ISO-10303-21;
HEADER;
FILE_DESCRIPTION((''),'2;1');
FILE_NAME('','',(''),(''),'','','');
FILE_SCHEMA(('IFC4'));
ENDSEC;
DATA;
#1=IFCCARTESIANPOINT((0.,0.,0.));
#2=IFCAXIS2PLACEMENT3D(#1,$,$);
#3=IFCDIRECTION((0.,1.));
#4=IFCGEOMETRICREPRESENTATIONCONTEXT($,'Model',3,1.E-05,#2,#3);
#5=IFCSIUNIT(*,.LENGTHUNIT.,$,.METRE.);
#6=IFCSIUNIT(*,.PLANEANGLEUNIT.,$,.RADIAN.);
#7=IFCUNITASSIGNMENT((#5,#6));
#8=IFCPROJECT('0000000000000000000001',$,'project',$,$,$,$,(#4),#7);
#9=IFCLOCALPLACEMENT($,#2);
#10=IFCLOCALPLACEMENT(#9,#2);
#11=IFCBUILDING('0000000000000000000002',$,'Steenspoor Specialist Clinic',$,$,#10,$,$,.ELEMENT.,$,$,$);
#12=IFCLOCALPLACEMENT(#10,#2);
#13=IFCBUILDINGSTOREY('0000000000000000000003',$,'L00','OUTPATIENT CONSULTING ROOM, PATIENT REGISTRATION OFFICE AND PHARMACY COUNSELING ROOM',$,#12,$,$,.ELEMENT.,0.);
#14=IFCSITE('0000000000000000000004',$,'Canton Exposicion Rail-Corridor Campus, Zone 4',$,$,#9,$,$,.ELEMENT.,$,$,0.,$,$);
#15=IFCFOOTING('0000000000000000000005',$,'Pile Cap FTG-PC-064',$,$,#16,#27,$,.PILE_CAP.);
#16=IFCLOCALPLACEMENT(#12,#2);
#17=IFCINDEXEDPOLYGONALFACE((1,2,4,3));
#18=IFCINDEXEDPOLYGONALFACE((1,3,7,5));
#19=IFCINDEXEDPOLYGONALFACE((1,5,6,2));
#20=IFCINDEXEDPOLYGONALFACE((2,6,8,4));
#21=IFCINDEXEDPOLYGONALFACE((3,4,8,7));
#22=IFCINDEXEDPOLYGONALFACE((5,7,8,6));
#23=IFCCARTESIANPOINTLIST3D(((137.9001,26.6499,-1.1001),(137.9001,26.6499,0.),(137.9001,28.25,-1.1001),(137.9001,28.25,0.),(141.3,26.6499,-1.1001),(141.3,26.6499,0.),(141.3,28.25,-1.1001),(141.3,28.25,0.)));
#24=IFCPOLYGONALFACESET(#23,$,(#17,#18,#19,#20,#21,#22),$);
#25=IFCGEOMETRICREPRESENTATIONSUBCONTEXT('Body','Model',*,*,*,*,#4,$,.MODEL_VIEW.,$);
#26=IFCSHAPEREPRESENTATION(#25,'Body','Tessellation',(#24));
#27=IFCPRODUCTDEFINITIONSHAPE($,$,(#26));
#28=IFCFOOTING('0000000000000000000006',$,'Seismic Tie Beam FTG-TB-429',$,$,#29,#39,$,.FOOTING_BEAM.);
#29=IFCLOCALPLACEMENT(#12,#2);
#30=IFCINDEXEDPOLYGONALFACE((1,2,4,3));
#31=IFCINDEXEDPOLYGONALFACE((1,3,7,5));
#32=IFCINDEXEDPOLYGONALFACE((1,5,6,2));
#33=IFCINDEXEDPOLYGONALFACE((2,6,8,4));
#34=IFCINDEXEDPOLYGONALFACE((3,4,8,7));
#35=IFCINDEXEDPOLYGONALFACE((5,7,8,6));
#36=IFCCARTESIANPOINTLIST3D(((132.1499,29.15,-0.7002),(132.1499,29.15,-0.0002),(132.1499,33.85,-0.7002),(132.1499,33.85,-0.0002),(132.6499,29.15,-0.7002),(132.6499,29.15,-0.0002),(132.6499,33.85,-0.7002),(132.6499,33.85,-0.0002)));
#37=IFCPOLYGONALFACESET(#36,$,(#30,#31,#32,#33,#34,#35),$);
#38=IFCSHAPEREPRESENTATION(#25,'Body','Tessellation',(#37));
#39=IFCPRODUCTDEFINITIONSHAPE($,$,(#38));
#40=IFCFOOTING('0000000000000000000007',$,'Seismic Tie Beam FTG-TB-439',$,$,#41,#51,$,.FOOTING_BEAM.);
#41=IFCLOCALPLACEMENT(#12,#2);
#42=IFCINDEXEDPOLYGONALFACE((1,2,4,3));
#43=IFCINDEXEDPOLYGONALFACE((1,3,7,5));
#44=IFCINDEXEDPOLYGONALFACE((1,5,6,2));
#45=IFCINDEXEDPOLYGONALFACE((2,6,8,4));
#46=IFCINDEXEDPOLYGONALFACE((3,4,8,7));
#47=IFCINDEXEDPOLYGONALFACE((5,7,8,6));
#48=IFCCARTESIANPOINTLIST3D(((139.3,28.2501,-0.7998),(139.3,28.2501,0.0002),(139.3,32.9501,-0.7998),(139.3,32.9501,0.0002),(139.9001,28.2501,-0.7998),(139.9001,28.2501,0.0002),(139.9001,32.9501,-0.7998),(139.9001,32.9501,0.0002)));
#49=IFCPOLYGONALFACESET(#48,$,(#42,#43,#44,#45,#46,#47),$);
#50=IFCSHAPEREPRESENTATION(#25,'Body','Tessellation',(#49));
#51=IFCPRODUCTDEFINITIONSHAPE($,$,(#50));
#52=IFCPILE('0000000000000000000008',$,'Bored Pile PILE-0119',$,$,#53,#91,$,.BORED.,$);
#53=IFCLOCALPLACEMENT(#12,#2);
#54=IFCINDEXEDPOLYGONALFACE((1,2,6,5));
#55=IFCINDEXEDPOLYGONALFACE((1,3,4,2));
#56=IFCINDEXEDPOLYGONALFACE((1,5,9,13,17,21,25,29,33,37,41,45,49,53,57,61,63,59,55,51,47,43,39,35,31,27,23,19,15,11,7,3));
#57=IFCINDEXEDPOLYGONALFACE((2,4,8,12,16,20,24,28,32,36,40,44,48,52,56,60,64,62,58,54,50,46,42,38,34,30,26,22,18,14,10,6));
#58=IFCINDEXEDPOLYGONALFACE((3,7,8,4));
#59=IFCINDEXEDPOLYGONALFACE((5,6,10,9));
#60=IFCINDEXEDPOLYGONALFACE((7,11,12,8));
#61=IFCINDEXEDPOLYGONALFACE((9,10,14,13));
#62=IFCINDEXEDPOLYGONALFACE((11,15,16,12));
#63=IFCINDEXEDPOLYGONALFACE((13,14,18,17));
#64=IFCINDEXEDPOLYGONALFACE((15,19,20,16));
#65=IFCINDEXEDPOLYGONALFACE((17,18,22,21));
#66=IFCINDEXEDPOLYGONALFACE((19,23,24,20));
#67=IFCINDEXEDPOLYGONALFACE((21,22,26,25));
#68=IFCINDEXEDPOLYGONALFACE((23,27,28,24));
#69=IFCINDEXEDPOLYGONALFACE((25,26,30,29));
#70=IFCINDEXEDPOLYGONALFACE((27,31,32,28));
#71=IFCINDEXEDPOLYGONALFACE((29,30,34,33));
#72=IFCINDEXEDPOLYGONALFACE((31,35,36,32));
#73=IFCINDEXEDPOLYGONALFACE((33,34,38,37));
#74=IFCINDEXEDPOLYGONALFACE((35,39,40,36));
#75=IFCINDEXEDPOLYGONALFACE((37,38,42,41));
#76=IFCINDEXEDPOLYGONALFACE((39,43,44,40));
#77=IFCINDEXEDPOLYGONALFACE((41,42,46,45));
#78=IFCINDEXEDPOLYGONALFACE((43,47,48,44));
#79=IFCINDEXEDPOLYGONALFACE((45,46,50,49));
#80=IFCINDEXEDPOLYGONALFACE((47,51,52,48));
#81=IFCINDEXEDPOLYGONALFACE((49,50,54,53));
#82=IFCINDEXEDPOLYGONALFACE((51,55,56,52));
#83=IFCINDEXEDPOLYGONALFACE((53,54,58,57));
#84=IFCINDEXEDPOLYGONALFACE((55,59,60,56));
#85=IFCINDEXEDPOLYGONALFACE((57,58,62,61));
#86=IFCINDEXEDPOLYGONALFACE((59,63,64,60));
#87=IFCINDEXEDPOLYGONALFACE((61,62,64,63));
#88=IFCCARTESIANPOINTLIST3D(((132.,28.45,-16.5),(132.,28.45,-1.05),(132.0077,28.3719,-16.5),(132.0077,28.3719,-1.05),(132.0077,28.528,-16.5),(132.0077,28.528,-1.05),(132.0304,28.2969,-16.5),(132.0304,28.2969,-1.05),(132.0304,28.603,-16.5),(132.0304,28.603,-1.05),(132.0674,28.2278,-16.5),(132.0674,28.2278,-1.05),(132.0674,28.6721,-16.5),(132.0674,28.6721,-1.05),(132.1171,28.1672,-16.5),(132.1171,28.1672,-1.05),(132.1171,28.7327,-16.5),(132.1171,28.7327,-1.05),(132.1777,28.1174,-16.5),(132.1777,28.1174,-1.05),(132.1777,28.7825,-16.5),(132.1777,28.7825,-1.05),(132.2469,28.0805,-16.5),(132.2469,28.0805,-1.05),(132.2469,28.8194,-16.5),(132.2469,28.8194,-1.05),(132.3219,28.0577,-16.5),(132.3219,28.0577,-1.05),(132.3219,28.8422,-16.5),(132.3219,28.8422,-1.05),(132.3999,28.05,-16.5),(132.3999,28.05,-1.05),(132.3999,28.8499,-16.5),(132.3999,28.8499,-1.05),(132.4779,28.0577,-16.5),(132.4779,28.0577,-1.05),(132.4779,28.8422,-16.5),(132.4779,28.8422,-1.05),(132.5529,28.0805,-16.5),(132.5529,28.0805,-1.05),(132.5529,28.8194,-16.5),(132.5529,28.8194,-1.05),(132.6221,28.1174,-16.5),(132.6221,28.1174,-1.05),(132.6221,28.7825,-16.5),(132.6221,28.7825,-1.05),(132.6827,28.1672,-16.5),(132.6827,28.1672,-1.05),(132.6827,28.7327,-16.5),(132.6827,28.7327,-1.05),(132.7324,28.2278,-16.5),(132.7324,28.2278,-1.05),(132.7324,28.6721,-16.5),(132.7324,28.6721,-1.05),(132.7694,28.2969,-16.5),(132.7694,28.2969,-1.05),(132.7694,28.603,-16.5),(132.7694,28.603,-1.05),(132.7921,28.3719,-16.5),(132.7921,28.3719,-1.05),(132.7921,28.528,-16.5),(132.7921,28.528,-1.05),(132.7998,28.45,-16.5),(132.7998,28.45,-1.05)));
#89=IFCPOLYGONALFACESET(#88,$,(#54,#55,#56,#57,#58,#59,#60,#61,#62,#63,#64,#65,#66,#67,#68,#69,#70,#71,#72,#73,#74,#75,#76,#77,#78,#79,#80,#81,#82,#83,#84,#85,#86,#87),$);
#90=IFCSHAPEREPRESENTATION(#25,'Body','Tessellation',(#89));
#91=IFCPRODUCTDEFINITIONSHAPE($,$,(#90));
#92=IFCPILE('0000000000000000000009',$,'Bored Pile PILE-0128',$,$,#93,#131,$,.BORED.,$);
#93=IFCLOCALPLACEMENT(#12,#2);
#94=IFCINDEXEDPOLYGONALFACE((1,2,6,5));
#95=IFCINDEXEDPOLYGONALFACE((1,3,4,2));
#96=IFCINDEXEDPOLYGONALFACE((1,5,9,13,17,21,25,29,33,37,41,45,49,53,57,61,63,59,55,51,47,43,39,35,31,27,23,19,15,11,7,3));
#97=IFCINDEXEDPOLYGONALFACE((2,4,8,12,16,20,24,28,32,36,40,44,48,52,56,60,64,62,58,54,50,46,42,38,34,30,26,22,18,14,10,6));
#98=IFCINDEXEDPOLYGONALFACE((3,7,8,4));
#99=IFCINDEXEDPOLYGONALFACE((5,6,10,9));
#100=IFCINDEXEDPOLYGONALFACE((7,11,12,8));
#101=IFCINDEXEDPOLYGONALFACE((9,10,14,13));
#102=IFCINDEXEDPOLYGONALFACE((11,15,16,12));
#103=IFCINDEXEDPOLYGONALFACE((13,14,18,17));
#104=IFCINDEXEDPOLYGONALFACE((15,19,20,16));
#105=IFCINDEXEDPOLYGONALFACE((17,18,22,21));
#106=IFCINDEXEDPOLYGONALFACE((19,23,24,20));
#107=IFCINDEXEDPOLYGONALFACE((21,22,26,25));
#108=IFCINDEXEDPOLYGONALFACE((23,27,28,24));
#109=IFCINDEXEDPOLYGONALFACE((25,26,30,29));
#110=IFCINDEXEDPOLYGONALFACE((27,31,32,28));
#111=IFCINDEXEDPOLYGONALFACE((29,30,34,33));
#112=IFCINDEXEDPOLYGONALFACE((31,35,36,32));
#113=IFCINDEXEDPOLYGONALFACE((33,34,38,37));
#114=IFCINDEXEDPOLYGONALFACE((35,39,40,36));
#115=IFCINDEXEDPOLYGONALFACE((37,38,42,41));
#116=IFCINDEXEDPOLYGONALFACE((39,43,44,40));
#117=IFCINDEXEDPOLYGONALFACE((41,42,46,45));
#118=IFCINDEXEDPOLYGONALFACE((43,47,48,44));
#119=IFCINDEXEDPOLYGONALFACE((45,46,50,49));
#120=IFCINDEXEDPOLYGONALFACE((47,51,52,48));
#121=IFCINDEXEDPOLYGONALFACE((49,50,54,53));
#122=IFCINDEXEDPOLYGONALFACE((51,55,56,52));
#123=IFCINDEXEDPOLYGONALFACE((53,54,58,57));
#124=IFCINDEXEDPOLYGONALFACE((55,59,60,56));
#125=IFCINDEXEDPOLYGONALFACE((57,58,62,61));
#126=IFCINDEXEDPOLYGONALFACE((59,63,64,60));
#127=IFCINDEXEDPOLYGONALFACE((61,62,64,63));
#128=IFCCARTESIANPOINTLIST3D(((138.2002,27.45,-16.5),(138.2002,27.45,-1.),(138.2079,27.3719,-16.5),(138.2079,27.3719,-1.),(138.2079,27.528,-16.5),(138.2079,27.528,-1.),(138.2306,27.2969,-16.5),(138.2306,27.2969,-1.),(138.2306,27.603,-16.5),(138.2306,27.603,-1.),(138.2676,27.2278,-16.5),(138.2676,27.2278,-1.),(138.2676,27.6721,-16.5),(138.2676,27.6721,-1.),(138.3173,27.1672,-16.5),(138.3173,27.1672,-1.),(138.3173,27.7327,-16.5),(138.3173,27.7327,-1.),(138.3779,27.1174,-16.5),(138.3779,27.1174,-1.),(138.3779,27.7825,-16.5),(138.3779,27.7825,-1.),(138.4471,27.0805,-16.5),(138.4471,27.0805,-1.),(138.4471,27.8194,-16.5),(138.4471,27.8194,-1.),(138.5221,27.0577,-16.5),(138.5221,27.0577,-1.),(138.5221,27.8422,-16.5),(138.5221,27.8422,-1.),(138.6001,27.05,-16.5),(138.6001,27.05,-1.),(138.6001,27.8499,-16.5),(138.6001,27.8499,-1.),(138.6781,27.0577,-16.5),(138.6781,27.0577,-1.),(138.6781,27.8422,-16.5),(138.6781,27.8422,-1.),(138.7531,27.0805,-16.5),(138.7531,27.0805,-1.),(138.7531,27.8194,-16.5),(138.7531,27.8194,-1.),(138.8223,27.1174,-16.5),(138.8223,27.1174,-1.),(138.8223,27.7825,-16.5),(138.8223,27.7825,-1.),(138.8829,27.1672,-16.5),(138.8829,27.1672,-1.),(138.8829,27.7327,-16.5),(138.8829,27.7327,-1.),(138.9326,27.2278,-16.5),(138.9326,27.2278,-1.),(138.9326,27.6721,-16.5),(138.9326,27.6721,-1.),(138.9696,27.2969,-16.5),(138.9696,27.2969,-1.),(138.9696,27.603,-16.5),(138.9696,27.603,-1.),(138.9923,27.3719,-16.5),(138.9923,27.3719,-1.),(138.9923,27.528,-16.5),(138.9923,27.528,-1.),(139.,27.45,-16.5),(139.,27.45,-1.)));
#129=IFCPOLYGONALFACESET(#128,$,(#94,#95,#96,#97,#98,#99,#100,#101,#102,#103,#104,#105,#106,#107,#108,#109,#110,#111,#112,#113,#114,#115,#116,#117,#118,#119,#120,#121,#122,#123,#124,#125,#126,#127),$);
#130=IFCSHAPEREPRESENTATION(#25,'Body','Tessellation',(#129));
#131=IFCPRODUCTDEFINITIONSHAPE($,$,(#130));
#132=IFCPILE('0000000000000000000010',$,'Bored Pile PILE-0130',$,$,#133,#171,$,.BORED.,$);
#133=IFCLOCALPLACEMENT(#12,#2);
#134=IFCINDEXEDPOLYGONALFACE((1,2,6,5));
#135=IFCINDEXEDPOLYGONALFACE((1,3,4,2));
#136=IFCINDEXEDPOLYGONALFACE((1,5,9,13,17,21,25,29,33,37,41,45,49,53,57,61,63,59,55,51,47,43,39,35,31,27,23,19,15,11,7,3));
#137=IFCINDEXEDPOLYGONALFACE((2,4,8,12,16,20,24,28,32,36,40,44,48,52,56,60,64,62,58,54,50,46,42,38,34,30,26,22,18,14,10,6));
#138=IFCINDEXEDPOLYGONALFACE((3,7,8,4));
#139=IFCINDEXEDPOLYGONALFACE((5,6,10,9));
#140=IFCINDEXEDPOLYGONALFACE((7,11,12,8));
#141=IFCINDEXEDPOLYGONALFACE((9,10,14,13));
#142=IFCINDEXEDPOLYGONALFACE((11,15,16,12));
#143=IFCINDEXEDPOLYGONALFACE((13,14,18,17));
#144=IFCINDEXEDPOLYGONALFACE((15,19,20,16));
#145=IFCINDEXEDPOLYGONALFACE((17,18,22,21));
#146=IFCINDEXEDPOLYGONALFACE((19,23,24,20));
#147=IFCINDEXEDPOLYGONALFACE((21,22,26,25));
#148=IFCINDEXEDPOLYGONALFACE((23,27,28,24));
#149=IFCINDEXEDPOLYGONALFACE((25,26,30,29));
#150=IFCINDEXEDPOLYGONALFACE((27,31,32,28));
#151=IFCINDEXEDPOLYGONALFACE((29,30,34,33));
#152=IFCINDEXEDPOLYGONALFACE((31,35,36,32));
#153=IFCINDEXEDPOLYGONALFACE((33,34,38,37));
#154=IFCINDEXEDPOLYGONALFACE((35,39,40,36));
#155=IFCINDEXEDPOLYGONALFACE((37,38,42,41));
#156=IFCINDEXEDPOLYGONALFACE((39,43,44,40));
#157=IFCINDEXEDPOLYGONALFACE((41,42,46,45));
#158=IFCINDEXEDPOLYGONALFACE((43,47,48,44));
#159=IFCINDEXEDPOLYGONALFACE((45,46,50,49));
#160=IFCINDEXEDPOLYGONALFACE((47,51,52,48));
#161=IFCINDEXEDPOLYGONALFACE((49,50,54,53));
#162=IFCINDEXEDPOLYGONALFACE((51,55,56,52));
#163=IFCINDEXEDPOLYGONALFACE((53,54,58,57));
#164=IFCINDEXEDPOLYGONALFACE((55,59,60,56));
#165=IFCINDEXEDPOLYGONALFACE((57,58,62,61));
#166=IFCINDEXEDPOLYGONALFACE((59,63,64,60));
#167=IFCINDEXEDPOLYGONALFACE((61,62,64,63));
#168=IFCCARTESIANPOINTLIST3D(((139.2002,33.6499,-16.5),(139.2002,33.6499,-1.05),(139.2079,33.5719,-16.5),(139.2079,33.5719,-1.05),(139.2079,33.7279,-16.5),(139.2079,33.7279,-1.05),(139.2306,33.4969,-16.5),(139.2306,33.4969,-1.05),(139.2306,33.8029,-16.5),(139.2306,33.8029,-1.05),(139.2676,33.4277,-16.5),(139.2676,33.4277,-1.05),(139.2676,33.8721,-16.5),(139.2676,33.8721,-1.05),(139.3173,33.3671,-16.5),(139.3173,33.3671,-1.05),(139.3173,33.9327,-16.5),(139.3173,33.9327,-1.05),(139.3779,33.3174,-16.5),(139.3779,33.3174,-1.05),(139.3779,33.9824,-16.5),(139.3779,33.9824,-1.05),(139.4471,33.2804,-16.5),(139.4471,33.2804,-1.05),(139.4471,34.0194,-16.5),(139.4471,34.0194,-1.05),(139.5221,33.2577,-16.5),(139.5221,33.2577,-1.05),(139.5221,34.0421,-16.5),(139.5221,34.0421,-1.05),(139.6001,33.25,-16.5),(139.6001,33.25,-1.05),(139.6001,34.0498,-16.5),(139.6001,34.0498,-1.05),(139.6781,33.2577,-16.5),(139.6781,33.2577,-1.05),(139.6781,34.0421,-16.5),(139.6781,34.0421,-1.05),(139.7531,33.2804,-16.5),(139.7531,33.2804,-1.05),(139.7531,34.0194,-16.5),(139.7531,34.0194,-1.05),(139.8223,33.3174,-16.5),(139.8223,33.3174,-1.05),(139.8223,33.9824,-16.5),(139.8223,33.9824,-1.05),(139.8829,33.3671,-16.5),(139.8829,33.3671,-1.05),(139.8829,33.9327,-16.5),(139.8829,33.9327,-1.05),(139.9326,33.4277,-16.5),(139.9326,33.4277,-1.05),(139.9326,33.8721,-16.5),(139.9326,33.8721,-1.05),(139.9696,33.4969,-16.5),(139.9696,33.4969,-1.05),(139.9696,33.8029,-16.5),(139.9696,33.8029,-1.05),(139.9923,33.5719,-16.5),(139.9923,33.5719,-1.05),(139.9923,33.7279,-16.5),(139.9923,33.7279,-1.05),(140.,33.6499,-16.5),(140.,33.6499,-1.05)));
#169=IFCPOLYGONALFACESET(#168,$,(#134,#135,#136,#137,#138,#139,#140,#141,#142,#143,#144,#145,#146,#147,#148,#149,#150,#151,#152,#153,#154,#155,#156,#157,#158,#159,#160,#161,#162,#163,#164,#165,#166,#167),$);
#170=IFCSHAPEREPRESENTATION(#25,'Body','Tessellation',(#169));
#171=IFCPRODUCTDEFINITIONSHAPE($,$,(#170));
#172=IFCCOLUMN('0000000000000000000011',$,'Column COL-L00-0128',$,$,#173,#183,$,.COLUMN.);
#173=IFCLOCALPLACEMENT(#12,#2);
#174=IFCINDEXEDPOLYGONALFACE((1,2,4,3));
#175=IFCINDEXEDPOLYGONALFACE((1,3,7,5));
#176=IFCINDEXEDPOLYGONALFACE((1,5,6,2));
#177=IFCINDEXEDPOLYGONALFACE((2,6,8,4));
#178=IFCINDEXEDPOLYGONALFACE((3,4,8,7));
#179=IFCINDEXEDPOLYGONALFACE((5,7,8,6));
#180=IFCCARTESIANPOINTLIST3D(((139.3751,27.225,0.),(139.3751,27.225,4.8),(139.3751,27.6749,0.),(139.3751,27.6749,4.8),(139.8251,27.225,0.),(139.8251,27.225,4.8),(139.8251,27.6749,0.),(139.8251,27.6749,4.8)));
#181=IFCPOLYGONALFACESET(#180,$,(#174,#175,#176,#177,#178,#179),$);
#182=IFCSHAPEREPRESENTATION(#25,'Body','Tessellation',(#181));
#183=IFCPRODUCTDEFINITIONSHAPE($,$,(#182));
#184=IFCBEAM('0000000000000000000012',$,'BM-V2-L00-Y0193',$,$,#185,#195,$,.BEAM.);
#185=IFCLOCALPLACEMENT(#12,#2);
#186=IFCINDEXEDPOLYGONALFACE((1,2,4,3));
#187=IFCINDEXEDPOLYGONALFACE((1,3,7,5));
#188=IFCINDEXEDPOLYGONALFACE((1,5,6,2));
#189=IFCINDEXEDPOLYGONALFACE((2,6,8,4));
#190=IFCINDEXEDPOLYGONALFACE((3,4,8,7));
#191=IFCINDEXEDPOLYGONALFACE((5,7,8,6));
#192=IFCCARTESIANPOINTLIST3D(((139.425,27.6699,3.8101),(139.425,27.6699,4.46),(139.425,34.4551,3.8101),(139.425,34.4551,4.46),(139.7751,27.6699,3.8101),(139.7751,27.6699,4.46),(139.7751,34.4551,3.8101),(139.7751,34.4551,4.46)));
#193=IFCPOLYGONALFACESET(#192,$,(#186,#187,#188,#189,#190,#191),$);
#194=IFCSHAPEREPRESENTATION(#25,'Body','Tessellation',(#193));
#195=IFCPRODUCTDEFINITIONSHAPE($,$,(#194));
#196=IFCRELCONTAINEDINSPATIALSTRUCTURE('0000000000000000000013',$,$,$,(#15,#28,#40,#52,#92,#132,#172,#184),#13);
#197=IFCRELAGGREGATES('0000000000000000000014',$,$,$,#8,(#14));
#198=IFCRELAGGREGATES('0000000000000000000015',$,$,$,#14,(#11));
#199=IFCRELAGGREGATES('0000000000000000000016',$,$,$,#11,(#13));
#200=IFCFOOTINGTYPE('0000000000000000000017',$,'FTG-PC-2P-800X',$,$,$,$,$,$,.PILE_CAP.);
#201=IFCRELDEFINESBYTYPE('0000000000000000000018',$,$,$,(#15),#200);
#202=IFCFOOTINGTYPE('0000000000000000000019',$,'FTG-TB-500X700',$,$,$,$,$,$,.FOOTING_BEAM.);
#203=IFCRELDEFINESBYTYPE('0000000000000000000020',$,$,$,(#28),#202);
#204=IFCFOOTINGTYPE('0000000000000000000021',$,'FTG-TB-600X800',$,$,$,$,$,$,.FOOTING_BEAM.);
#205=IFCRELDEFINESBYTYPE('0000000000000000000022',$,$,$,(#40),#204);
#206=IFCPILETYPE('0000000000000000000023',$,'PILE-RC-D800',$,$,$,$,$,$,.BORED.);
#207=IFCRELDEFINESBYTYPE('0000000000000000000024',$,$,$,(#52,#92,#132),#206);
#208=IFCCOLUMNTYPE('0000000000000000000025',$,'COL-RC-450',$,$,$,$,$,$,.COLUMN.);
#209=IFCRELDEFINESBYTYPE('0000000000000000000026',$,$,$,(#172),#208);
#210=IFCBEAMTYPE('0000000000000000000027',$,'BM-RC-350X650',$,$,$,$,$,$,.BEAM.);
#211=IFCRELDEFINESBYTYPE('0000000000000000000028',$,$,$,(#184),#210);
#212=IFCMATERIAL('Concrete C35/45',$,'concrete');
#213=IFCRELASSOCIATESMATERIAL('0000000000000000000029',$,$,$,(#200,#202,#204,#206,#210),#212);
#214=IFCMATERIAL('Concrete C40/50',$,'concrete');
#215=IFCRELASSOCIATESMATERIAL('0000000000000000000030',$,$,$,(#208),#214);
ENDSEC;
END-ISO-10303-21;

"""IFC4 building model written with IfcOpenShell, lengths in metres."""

from ifc_helpers import new_model, si_unit, direction, frame, origin, origin_2d, place, context, subcontext, project, spatial, rectangle, circle, extrude, material, material_profile, profile_set, type_object, element, save


model = new_model("IFC4")

# Units and contexts
model_context = context("Model", 3, precision=1e-05, world=origin(), true_north=direction((0.0, 1.0)))
body_context = subcontext(model_context, "Body", "Model", "MODEL_VIEW")
ifc_project = project(units=[si_unit("LENGTHUNIT", "METRE"), si_unit("PLANEANGLEUNIT", "RADIAN")], contexts=[model_context])

# Site, building, storey
site_placement = place(None, origin())
site = spatial("IfcSite", under=ifc_project, at=site_placement, Name="Canton Exposicion Rail-Corridor Campus, Zone 4", CompositionType="ELEMENT", RefElevation=0.0)
building_placement = place(site_placement, origin())
building = spatial("IfcBuilding", under=site, at=building_placement, Name="Steenspoor Specialist Clinic", CompositionType="ELEMENT")
storey_placement = place(building_placement, origin())
storey = spatial("IfcBuildingStorey", under=building, at=storey_placement, Name="L00", Description="OUTPATIENT CONSULTING ROOM, PATIENT REGISTRATION OFFICE AND PHARMACY COUNSELING ROOM", CompositionType="ELEMENT", Elevation=0.0)

# Footings
ifc_material_1 = material(Name="Concrete C35/45", Category="concrete")
footing_type_1 = type_object("IfcFootingType", Name="FTG-PC-2P-800X", PredefinedType="PILE_CAP", material=ifc_material_1)
footing_1_placement = place(storey_placement, frame((139.6001, 27.45, -1.1001), z_axis=(0.0, 0.0, 1.0), x_axis=(1.0, 0.0, 0.0)))
element("IfcFooting", 1, at=footing_1_placement, inside=storey, type_object=footing_type_1, Name="Pile Cap FTG-PC-064", PredefinedType="PILE_CAP", context=body_context, shape_type="SweptSolid", body=[
    extrude(rectangle(XDim=3.3999, YDim=1.6001, at=origin_2d()), origin(), (0.0, 0.0, 1.0), 1.1001),
])
footing_type_2 = type_object("IfcFootingType", Name="FTG-TB-500X700", PredefinedType="FOOTING_BEAM", material=ifc_material_1)
footing_2_placement = place(storey_placement, frame((132.3999, 31.5, -0.7002), z_axis=(0.0, 0.0, 1.0), x_axis=(1.0, 0.0, 0.0)))
element("IfcFooting", 2, at=footing_2_placement, inside=storey, type_object=footing_type_2, Name="Seismic Tie Beam FTG-TB-429", PredefinedType="FOOTING_BEAM", context=body_context, shape_type="SweptSolid", body=[
    extrude(rectangle(XDim=0.5, YDim=4.7, at=origin_2d()), origin(), (0.0, 0.0, 1.0), 0.7),
])
footing_type_3 = type_object("IfcFootingType", Name="FTG-TB-600X800", PredefinedType="FOOTING_BEAM", material=ifc_material_1)
footing_3_placement = place(storey_placement, frame((139.6001, 30.6001, -0.7998), z_axis=(0.0, 0.0, 1.0), x_axis=(1.0, 0.0, 0.0)))
element("IfcFooting", 3, at=footing_3_placement, inside=storey, type_object=footing_type_3, Name="Seismic Tie Beam FTG-TB-439", PredefinedType="FOOTING_BEAM", context=body_context, shape_type="SweptSolid", body=[
    extrude(rectangle(XDim=0.6001, YDim=4.7, at=origin_2d()), origin(), (0.0, 0.0, 1.0), 0.8),
])

# Piles
ifc_material_profile_1 = material_profile(ifc_material_1, circle(Radius=0.3999, at=origin_2d()), Name="PILE-D800")
ifc_profile_set_1 = profile_set([ifc_material_profile_1], Name="Concrete C35/45")
pile_type = type_object("IfcPileType", Name="PILE-RC-D800", PredefinedType="BORED", material=ifc_profile_set_1)
pile_1_placement = place(storey_placement, frame((132.3999, 28.45, -1.05), z_axis=(0.0, 0.0, -1.0), x_axis=(1.0, 0.0, 0.0)))
element("IfcPile", 4, at=pile_1_placement, inside=storey, type_object=pile_type, Name="Bored Pile PILE-0119", PredefinedType="BORED", context=body_context, shape_type="SweptSolid", body=[
    extrude(circle(Radius=0.3999, at=origin_2d()), origin(), (0.0, 0.0, 1.0), 15.45),
])
pile_2_placement = place(storey_placement, frame((138.6001, 27.45, -1.0), z_axis=(0.0, 0.0, -1.0), x_axis=(1.0, 0.0, 0.0)))
element("IfcPile", 5, at=pile_2_placement, inside=storey, type_object=pile_type, Name="Bored Pile PILE-0128", PredefinedType="BORED", context=body_context, shape_type="SweptSolid", body=[
    extrude(circle(Radius=0.3999, at=origin_2d()), origin(), (0.0, 0.0, 1.0), 15.5),
])
pile_3_placement = place(storey_placement, frame((139.6001, 33.6499, -1.05), z_axis=(0.0, 0.0, -1.0), x_axis=(1.0, 0.0, 0.0)))
element("IfcPile", 6, at=pile_3_placement, inside=storey, type_object=pile_type, Name="Bored Pile PILE-0130", PredefinedType="BORED", context=body_context, shape_type="SweptSolid", body=[
    extrude(circle(Radius=0.3999, at=origin_2d()), origin(), (0.0, 0.0, 1.0), 15.45),
])

# Column
ifc_material_2 = material(Name="Concrete C40/50", Category="concrete")
ifc_material_profile_2 = material_profile(ifc_material_2, rectangle(XDim=0.45, YDim=0.45, at=origin_2d()), Name="RC-COL-450X450")
ifc_profile_set_2 = profile_set([ifc_material_profile_2], Name="Concrete C40/50")
column_type = type_object("IfcColumnType", Name="COL-RC-450", PredefinedType="COLUMN", material=ifc_profile_set_2)
column_placement = place(storey_placement, frame((139.6001, 27.45, 0.0), z_axis=(0.0, 0.0, 1.0), x_axis=(1.0, 0.0, 0.0)))
element("IfcColumn", 7, at=column_placement, inside=storey, type_object=column_type, Name="Column COL-L00-0128", PredefinedType="COLUMN", context=body_context, shape_type="SweptSolid", body=[
    extrude(rectangle(XDim=0.45, YDim=0.45, at=origin_2d()), origin(), (0.0, 0.0, 1.0), 4.8),
])

# Beam
ifc_material_profile_3 = material_profile(ifc_material_1, rectangle(XDim=0.3501, YDim=0.6499, at=origin_2d()), Name="RC-BM-350X650")
ifc_profile_set_3 = profile_set([ifc_material_profile_3], Name="Concrete C35/45")
beam_type_1 = type_object("IfcBeamType", Name="BM-RC-350X650", PredefinedType="BEAM", material=ifc_profile_set_3)
beam_1_placement = place(storey_placement, frame((139.6001, 27.6699, 4.135), z_axis=(0.0, 1.0, 0.0), x_axis=(-1.0, 0.0, 0.0)))
element("IfcBeam", 8, at=beam_1_placement, inside=storey, type_object=beam_type_1, Name="BM-V2-L00-Y0193", PredefinedType="BEAM", context=body_context, shape_type="SweptSolid", body=[
    extrude(rectangle(XDim=0.3501, YDim=0.6499, at=origin_2d()), origin(), (0.0, 0.0, 1.0), 6.7852),
])

save(model, "model.ifc")
